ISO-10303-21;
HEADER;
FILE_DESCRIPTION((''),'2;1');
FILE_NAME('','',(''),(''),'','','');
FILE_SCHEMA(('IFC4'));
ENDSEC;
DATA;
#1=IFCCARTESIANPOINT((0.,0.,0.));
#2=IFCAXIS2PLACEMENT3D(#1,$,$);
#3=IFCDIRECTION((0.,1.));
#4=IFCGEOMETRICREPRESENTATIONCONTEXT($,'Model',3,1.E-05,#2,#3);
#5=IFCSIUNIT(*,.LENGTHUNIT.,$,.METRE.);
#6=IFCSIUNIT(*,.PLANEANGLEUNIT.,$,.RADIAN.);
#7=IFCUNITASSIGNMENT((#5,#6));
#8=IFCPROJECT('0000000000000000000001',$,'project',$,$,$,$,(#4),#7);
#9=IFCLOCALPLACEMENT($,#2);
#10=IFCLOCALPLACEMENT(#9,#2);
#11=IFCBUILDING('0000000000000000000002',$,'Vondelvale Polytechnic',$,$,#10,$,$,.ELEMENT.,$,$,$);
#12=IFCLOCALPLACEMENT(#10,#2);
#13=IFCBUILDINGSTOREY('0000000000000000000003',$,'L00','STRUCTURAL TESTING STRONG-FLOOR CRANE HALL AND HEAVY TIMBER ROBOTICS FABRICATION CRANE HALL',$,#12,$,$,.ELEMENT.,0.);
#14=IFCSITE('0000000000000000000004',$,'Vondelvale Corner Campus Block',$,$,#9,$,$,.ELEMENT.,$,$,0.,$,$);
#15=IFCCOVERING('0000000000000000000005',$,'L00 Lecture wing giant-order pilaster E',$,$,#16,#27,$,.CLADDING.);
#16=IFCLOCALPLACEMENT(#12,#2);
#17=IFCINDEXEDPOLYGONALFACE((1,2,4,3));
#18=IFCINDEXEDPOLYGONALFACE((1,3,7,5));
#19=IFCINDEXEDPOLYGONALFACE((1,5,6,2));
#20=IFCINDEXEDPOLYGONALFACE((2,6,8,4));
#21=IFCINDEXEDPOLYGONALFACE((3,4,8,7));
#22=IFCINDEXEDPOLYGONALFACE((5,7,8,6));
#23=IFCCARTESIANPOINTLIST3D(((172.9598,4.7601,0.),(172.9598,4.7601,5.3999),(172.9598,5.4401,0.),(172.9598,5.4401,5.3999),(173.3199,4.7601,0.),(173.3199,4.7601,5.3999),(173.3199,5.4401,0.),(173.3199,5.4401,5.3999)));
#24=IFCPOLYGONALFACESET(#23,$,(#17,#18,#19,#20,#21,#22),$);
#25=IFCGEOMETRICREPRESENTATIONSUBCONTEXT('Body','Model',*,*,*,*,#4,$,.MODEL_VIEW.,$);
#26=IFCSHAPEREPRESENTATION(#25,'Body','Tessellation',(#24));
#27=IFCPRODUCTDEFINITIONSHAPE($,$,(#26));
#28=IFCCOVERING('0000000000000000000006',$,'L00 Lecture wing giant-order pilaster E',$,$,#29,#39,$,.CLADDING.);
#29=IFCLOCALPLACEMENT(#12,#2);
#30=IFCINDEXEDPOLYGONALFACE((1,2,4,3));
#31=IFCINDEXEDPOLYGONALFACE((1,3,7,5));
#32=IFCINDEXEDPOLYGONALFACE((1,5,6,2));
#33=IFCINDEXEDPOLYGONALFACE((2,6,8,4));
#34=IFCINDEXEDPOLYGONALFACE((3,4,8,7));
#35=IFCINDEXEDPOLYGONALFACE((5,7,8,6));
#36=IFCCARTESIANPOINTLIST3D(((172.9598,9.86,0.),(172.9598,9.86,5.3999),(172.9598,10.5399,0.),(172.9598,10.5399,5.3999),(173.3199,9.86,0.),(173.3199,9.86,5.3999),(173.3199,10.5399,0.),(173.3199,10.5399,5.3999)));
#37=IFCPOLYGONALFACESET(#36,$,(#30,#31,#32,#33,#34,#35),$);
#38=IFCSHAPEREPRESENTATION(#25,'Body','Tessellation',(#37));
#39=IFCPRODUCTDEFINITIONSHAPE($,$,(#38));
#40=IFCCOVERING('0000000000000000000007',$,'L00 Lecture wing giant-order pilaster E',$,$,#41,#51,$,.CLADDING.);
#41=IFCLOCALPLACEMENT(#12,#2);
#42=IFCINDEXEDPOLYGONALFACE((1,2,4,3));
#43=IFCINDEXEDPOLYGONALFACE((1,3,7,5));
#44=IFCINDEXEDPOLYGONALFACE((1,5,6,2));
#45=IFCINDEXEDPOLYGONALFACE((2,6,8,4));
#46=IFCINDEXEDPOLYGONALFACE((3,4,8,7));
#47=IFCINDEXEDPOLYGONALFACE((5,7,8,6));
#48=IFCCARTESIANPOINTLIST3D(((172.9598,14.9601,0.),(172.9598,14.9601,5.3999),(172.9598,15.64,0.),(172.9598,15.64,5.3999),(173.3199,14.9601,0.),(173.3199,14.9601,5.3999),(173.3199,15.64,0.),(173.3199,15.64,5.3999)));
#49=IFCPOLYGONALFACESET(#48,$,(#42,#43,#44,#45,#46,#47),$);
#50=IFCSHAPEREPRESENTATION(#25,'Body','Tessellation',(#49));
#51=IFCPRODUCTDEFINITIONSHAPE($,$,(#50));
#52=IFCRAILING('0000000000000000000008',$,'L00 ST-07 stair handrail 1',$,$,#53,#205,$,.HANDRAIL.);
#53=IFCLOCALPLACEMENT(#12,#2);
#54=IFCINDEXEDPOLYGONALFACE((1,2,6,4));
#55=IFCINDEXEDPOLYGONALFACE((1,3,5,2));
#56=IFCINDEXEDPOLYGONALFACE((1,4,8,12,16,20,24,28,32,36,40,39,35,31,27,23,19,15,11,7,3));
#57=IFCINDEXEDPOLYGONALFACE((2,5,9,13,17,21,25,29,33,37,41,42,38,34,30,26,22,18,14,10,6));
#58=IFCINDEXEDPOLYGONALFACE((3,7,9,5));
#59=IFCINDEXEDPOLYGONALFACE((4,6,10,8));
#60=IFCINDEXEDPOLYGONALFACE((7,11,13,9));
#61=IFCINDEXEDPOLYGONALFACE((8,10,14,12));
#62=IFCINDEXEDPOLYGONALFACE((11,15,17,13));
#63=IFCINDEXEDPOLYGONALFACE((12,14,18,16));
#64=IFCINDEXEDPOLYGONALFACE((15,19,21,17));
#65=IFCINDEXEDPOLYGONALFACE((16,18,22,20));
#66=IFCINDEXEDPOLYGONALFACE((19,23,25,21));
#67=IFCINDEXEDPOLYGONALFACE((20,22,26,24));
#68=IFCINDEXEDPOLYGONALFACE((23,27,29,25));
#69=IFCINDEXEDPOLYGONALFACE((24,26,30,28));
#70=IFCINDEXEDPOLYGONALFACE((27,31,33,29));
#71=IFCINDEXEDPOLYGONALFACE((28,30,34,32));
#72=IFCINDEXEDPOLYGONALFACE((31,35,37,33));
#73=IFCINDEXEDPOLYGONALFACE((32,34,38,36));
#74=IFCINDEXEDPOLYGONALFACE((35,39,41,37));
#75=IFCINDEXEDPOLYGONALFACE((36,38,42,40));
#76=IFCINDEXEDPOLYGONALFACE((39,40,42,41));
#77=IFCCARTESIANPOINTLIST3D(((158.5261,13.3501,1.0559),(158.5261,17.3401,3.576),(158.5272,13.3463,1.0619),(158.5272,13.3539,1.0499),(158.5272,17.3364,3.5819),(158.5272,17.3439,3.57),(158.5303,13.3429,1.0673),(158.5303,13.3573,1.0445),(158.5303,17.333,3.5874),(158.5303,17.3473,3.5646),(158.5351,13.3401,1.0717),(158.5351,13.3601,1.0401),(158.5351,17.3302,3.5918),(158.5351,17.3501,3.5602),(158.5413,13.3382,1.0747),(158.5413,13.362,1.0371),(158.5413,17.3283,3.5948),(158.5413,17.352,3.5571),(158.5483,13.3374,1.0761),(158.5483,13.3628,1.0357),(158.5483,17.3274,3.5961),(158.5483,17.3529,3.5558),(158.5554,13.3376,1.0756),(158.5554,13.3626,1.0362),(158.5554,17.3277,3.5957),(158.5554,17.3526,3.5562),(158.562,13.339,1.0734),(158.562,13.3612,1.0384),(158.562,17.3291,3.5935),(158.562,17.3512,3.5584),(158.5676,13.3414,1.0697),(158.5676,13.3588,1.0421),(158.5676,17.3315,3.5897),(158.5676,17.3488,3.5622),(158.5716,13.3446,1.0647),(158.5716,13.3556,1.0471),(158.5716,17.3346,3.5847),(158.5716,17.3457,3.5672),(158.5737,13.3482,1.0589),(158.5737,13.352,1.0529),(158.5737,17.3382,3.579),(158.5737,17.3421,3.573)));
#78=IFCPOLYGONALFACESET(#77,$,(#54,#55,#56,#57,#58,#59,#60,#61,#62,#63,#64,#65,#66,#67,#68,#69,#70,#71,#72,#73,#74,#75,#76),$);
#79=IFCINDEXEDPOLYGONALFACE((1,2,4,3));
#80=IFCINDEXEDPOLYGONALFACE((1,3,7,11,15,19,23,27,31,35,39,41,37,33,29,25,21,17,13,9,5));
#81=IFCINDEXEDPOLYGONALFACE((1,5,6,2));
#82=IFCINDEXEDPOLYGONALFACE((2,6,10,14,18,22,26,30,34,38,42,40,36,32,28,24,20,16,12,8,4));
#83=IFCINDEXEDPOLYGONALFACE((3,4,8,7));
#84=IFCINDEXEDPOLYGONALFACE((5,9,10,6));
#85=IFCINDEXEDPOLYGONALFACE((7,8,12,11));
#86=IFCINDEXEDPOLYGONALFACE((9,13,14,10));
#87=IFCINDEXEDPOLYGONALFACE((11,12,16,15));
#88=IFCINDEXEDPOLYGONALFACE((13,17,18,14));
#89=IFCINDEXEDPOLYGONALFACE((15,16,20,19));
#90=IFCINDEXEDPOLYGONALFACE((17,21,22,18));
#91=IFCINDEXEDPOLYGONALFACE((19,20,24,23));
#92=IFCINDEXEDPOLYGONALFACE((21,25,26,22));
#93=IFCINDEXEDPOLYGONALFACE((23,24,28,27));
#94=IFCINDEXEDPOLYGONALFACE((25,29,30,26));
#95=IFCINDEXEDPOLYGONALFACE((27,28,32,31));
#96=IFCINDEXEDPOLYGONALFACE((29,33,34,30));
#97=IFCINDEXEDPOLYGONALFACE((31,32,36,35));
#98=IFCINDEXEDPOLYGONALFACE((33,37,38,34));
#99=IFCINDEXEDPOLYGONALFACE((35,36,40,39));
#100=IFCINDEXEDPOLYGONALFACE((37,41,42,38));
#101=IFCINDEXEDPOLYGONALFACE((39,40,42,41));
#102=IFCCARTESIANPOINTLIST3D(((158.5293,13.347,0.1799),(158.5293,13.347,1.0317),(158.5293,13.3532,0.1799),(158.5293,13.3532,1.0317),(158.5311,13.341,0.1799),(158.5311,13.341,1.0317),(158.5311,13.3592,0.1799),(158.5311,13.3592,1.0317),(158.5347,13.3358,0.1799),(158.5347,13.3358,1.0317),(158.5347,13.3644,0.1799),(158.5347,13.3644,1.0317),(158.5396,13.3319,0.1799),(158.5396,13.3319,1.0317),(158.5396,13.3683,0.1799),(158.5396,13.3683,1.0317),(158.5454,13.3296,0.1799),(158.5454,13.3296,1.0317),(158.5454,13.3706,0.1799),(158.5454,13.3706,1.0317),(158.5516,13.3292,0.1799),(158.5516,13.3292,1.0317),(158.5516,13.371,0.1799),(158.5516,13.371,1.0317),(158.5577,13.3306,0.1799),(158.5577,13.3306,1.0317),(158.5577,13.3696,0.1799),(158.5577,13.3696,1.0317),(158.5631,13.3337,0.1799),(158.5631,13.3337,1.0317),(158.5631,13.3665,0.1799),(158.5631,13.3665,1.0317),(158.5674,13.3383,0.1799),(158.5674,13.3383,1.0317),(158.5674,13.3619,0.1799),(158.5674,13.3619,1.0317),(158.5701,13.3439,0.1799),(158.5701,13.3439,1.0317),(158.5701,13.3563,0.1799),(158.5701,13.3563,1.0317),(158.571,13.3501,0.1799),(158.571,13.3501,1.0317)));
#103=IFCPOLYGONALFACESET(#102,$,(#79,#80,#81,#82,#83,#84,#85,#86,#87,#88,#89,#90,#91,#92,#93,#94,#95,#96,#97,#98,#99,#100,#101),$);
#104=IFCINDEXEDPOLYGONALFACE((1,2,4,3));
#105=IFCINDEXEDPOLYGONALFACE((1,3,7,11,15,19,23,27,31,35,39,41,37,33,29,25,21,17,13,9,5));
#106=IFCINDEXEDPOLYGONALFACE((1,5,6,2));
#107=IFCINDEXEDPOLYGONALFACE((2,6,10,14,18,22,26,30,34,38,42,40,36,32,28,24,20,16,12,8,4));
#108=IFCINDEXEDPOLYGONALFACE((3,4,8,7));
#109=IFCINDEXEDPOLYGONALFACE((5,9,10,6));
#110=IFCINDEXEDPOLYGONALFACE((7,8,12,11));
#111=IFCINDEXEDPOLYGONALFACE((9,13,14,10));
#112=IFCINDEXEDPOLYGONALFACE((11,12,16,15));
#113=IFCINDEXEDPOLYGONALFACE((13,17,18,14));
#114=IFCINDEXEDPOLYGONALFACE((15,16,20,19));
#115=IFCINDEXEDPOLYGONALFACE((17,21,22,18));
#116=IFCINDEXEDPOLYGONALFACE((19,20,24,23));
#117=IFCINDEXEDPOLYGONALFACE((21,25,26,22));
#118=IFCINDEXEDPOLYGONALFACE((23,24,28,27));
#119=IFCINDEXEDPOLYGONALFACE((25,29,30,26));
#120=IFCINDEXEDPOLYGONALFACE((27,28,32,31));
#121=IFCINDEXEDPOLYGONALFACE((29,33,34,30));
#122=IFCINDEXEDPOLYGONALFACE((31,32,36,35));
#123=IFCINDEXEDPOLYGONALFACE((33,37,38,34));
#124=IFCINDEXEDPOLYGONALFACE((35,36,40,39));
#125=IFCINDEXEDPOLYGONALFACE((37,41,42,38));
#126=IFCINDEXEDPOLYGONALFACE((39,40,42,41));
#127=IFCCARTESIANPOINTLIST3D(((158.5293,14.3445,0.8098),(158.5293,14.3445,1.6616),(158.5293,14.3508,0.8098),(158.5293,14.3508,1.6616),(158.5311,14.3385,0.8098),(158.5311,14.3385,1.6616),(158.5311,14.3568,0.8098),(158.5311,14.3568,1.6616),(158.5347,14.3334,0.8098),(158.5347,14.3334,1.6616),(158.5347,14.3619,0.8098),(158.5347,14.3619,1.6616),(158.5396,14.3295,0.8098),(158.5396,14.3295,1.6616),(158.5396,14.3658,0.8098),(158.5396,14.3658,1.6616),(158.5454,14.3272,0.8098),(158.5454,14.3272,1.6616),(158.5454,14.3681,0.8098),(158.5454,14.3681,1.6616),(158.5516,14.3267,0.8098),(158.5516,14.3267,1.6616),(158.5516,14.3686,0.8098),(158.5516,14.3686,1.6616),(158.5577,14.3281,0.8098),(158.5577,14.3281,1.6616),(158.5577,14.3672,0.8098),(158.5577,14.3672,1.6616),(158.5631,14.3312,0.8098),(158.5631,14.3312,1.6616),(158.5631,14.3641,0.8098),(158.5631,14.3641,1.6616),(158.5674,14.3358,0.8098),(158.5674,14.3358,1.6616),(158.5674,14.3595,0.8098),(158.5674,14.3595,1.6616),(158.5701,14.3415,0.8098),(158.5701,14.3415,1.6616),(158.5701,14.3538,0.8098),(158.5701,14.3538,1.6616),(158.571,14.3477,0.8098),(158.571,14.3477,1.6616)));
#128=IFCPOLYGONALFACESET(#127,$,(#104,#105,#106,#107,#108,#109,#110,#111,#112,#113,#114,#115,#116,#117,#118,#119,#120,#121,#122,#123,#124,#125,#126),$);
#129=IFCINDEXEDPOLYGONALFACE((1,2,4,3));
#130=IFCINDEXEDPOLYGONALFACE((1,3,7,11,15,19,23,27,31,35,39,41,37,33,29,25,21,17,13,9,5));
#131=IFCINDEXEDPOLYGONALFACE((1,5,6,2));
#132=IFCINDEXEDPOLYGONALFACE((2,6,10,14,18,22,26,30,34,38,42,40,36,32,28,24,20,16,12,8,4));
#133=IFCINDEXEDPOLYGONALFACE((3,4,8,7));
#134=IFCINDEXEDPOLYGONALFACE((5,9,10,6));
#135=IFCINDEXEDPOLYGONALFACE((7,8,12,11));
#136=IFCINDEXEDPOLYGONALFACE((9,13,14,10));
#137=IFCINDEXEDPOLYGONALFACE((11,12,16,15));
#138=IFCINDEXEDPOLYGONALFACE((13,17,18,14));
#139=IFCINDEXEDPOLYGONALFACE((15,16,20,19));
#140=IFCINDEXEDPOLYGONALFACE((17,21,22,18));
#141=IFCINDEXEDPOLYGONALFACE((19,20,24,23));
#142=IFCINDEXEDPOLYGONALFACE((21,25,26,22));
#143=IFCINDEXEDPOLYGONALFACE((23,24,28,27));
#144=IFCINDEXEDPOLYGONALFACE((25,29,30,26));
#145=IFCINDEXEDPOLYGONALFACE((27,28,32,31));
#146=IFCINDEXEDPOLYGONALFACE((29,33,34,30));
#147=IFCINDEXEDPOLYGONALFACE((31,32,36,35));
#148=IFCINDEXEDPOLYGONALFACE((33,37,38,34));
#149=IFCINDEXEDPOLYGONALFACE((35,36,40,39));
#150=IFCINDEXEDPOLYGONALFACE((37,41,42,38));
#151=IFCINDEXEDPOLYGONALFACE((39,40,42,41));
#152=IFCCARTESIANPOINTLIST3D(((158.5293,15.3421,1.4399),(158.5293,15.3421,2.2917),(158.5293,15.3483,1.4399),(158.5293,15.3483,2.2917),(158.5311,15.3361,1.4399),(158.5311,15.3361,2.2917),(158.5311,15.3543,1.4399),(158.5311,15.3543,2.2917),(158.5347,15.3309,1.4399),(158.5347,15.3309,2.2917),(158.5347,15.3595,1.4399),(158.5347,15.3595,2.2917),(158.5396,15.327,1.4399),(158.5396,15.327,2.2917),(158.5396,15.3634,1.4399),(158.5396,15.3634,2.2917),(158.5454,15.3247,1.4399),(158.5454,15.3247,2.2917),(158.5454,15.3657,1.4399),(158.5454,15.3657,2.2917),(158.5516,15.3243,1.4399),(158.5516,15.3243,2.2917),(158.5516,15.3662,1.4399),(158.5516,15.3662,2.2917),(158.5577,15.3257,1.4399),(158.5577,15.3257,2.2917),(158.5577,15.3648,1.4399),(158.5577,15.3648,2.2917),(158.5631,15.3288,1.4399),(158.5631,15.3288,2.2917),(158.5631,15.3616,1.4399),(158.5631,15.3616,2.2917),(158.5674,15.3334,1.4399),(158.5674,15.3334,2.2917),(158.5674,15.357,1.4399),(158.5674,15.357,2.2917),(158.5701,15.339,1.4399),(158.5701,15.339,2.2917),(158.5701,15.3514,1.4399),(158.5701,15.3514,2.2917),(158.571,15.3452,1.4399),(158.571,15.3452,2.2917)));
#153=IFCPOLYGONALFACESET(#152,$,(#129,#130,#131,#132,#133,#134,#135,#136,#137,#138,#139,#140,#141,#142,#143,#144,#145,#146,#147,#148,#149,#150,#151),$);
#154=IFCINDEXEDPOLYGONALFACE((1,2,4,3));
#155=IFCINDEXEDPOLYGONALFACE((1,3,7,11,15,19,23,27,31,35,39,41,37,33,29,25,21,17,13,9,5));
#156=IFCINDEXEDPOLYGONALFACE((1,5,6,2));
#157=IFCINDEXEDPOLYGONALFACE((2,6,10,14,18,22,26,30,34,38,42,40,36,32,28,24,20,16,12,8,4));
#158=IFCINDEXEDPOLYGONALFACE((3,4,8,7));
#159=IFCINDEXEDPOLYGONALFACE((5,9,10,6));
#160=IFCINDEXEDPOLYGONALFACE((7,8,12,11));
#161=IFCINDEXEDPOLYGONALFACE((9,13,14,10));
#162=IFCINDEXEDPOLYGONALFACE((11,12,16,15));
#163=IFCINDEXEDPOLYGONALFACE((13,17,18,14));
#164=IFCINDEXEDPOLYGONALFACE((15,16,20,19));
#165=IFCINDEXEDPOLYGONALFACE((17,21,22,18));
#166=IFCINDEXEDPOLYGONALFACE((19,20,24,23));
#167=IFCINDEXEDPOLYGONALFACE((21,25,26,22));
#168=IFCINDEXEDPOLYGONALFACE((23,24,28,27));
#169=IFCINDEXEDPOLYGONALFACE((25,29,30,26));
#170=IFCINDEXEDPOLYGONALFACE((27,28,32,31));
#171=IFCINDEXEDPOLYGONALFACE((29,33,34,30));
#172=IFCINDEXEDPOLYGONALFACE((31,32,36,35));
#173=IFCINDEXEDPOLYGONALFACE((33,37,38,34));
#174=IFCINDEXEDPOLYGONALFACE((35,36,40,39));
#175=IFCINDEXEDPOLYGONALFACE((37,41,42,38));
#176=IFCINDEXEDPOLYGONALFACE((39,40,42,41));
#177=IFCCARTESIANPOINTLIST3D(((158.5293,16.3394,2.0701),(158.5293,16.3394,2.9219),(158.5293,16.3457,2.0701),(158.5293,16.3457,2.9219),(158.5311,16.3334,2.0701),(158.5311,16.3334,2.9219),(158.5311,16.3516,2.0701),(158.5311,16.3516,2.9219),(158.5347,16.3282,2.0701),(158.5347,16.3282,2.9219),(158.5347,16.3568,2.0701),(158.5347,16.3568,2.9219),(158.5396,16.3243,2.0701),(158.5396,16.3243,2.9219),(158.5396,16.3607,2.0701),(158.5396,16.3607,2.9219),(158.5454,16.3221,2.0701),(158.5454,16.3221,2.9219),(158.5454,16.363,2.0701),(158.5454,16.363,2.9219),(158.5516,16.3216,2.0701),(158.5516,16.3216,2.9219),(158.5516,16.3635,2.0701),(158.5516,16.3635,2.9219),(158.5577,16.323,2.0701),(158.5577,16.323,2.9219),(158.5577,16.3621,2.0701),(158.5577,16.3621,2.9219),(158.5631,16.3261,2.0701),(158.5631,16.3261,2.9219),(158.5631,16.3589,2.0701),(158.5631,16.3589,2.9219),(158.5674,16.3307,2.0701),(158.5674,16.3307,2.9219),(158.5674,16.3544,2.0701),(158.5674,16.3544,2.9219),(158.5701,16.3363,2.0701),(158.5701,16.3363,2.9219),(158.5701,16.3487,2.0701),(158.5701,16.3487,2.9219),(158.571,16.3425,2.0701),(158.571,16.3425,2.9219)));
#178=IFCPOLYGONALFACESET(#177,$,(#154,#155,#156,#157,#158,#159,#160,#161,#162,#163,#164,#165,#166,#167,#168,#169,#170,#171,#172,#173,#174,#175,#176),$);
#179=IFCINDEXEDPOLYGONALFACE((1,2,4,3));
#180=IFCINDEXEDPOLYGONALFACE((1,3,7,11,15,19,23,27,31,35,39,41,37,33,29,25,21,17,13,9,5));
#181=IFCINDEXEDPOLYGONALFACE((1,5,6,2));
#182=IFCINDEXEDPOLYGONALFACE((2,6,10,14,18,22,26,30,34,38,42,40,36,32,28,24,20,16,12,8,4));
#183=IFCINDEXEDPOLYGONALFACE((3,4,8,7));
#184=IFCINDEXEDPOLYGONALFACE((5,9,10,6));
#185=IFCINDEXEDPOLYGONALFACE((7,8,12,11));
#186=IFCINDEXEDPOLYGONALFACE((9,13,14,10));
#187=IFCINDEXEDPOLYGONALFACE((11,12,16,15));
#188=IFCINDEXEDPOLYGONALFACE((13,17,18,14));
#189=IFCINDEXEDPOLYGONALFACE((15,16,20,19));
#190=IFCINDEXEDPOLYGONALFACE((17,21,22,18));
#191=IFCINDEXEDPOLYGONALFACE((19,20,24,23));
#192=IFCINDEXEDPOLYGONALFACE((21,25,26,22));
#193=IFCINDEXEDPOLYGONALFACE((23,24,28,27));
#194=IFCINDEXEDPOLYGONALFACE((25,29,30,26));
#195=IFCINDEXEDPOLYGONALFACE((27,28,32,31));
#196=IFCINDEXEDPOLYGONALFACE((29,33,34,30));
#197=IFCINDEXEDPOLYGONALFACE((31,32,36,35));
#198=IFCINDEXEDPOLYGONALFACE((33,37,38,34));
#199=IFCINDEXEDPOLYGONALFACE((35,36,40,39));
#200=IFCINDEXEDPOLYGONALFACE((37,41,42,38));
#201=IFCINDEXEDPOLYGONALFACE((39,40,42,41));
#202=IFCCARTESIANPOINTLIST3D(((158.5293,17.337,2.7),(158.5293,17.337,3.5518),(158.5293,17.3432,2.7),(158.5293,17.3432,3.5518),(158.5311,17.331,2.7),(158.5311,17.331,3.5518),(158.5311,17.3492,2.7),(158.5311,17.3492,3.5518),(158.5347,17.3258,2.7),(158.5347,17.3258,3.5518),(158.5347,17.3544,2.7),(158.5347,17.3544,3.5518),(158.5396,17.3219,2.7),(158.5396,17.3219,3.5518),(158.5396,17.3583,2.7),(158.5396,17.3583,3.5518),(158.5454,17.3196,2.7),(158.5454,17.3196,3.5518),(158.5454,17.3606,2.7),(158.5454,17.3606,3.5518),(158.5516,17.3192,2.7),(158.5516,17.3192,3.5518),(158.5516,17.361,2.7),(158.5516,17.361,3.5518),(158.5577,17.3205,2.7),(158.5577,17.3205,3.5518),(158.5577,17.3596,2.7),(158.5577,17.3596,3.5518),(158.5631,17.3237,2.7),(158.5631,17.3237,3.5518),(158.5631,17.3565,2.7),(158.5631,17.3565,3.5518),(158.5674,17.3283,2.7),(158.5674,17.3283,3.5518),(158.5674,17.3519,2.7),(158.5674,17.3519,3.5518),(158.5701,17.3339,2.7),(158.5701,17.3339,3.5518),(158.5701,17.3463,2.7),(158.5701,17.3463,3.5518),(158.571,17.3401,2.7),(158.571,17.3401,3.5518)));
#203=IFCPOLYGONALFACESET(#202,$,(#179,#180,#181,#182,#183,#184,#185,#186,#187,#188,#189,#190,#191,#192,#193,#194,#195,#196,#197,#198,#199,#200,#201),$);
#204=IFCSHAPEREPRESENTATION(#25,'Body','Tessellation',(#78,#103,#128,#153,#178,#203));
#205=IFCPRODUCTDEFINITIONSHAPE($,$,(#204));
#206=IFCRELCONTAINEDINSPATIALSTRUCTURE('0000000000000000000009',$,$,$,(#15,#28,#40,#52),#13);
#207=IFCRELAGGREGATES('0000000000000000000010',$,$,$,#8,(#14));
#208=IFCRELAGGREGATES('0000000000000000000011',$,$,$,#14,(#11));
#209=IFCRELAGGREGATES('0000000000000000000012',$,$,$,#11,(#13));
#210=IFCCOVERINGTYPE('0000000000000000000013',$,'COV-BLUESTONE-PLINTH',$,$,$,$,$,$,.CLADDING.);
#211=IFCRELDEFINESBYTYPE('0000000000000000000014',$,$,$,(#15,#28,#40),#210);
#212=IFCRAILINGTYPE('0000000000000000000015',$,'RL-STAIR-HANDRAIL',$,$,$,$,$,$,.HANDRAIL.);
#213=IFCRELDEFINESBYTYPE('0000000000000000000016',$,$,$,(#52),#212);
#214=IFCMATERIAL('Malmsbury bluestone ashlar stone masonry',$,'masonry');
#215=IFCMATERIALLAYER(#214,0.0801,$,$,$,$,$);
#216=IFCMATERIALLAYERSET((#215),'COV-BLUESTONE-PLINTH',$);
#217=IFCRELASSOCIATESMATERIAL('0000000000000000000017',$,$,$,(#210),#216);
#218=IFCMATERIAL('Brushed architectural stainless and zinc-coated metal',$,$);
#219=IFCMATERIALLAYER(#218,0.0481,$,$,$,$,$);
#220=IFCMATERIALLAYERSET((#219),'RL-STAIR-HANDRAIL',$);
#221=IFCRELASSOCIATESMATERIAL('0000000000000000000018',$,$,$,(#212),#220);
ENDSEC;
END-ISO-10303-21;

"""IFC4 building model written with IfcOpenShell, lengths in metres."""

from ifc_helpers import new_model, si_unit, direction, frame, origin, origin_2d, place, context, subcontext, project, spatial, rectangle, circle, extrude, material, layer, layer_set, type_object, element, save


model = new_model("IFC4")

# Units and contexts
model_context = context("Model", 3, precision=1e-05, world=origin(), true_north=direction((0.0, 1.0)))
body_context = subcontext(model_context, "Body", "Model", "MODEL_VIEW")
ifc_project = project(units=[si_unit("LENGTHUNIT", "METRE"), si_unit("PLANEANGLEUNIT", "RADIAN")], contexts=[model_context])

# Site, building, storey
site_placement = place(None, origin())
site = spatial("IfcSite", under=ifc_project, at=site_placement, Name="Vondelvale Corner Campus Block", CompositionType="ELEMENT", RefElevation=0.0)
building_placement = place(site_placement, origin())
building = spatial("IfcBuilding", under=site, at=building_placement, Name="Vondelvale Polytechnic", CompositionType="ELEMENT")
storey_placement = place(building_placement, origin())
storey = spatial("IfcBuildingStorey", under=building, at=storey_placement, Name="L00", Description="STRUCTURAL TESTING STRONG-FLOOR CRANE HALL AND HEAVY TIMBER ROBOTICS FABRICATION CRANE HALL", CompositionType="ELEMENT", Elevation=0.0)

# Shared definitions
ifc_material_1 = material(Name="Brushed architectural stainless and zinc-coated metal")

# Shared definitions
ifc_material_2 = material(Name="Malmsbury bluestone ashlar stone masonry", Category="masonry")

# Coverings
ifc_layer_1 = layer(ifc_material_2, 0.0801)
ifc_layer_set_1 = layer_set([ifc_layer_1], Name="COV-BLUESTONE-PLINTH")
covering_type = type_object("IfcCoveringType", Name="COV-BLUESTONE-PLINTH", PredefinedType="CLADDING", material=ifc_layer_set_1)
for number, where, z_axis, x_axis, name in (
    (1, (173.1399, 5.1001, 0.0), (0.0, 0.0, 1.0), (1.0, 0.0, 0.0), "L00 Lecture wing giant-order pilaster E"),
    (2, (173.1399, 10.2, 0.0), (0.0, 0.0, 1.0), (1.0, 0.0, 0.0), "L00 Lecture wing giant-order pilaster E"),
    (3, (173.1399, 15.3, 0.0), (0.0, 0.0, 1.0), (1.0, 0.0, 0.0), "L00 Lecture wing giant-order pilaster E"),
):
    element("IfcCovering", number, at=place(storey_placement, frame(where, z_axis=z_axis, x_axis=x_axis)), inside=storey, type_object=covering_type, Name=name, PredefinedType="CLADDING", context=body_context, shape_type="SweptSolid", body=[
        extrude(rectangle(XDim=0.3601, YDim=0.6799, at=origin_2d()), origin(), (0.0, 0.0, 1.0), 5.3999),
    ])

# Railing
ifc_layer_2 = layer(ifc_material_1, 0.0481)
ifc_layer_set_2 = layer_set([ifc_layer_2], Name="RL-STAIR-HANDRAIL")
railing_type = type_object("IfcRailingType", Name="RL-STAIR-HANDRAIL", PredefinedType="HANDRAIL", material=ifc_layer_set_2)
railing_placement = place(storey_placement, frame((158.55, 13.3501, 0.1799)))
element("IfcRailing", 4, at=railing_placement, inside=storey, type_object=railing_type, Name="L00 ST-07 stair handrail 1", PredefinedType="HANDRAIL", context=body_context, shape_type="SweptSolid", body=[
    extrude(circle(Radius=0.0239, at=origin_2d()), frame((0.0, 0.0, 0.876), z_axis=(0.0, 0.845486, 0.533997), x_axis=(-1.0, 0.0, 0.0)), (0.0, 0.0, 1.0), 4.7192),
    extrude(circle(Radius=0.021, at=origin_2d()), origin(), (0.0, 0.0, 1.0), 0.8518),
    extrude(circle(Radius=0.021, at=origin_2d()), frame((0.0, 0.9976, 0.6299)), (0.0, 0.0, 1.0), 0.8518),
    extrude(circle(Radius=0.021, at=origin_2d()), frame((0.0, 1.9951, 1.26)), (0.0, 0.0, 1.0), 0.8518),
    extrude(circle(Radius=0.021, at=origin_2d()), frame((0.0, 2.9924, 1.8901)), (0.0, 0.0, 1.0), 0.8518),
    extrude(circle(Radius=0.021, at=origin_2d()), frame((0.0, 3.99, 2.52)), (0.0, 0.0, 1.0), 0.8518),
])

save(model, "model.ifc")
